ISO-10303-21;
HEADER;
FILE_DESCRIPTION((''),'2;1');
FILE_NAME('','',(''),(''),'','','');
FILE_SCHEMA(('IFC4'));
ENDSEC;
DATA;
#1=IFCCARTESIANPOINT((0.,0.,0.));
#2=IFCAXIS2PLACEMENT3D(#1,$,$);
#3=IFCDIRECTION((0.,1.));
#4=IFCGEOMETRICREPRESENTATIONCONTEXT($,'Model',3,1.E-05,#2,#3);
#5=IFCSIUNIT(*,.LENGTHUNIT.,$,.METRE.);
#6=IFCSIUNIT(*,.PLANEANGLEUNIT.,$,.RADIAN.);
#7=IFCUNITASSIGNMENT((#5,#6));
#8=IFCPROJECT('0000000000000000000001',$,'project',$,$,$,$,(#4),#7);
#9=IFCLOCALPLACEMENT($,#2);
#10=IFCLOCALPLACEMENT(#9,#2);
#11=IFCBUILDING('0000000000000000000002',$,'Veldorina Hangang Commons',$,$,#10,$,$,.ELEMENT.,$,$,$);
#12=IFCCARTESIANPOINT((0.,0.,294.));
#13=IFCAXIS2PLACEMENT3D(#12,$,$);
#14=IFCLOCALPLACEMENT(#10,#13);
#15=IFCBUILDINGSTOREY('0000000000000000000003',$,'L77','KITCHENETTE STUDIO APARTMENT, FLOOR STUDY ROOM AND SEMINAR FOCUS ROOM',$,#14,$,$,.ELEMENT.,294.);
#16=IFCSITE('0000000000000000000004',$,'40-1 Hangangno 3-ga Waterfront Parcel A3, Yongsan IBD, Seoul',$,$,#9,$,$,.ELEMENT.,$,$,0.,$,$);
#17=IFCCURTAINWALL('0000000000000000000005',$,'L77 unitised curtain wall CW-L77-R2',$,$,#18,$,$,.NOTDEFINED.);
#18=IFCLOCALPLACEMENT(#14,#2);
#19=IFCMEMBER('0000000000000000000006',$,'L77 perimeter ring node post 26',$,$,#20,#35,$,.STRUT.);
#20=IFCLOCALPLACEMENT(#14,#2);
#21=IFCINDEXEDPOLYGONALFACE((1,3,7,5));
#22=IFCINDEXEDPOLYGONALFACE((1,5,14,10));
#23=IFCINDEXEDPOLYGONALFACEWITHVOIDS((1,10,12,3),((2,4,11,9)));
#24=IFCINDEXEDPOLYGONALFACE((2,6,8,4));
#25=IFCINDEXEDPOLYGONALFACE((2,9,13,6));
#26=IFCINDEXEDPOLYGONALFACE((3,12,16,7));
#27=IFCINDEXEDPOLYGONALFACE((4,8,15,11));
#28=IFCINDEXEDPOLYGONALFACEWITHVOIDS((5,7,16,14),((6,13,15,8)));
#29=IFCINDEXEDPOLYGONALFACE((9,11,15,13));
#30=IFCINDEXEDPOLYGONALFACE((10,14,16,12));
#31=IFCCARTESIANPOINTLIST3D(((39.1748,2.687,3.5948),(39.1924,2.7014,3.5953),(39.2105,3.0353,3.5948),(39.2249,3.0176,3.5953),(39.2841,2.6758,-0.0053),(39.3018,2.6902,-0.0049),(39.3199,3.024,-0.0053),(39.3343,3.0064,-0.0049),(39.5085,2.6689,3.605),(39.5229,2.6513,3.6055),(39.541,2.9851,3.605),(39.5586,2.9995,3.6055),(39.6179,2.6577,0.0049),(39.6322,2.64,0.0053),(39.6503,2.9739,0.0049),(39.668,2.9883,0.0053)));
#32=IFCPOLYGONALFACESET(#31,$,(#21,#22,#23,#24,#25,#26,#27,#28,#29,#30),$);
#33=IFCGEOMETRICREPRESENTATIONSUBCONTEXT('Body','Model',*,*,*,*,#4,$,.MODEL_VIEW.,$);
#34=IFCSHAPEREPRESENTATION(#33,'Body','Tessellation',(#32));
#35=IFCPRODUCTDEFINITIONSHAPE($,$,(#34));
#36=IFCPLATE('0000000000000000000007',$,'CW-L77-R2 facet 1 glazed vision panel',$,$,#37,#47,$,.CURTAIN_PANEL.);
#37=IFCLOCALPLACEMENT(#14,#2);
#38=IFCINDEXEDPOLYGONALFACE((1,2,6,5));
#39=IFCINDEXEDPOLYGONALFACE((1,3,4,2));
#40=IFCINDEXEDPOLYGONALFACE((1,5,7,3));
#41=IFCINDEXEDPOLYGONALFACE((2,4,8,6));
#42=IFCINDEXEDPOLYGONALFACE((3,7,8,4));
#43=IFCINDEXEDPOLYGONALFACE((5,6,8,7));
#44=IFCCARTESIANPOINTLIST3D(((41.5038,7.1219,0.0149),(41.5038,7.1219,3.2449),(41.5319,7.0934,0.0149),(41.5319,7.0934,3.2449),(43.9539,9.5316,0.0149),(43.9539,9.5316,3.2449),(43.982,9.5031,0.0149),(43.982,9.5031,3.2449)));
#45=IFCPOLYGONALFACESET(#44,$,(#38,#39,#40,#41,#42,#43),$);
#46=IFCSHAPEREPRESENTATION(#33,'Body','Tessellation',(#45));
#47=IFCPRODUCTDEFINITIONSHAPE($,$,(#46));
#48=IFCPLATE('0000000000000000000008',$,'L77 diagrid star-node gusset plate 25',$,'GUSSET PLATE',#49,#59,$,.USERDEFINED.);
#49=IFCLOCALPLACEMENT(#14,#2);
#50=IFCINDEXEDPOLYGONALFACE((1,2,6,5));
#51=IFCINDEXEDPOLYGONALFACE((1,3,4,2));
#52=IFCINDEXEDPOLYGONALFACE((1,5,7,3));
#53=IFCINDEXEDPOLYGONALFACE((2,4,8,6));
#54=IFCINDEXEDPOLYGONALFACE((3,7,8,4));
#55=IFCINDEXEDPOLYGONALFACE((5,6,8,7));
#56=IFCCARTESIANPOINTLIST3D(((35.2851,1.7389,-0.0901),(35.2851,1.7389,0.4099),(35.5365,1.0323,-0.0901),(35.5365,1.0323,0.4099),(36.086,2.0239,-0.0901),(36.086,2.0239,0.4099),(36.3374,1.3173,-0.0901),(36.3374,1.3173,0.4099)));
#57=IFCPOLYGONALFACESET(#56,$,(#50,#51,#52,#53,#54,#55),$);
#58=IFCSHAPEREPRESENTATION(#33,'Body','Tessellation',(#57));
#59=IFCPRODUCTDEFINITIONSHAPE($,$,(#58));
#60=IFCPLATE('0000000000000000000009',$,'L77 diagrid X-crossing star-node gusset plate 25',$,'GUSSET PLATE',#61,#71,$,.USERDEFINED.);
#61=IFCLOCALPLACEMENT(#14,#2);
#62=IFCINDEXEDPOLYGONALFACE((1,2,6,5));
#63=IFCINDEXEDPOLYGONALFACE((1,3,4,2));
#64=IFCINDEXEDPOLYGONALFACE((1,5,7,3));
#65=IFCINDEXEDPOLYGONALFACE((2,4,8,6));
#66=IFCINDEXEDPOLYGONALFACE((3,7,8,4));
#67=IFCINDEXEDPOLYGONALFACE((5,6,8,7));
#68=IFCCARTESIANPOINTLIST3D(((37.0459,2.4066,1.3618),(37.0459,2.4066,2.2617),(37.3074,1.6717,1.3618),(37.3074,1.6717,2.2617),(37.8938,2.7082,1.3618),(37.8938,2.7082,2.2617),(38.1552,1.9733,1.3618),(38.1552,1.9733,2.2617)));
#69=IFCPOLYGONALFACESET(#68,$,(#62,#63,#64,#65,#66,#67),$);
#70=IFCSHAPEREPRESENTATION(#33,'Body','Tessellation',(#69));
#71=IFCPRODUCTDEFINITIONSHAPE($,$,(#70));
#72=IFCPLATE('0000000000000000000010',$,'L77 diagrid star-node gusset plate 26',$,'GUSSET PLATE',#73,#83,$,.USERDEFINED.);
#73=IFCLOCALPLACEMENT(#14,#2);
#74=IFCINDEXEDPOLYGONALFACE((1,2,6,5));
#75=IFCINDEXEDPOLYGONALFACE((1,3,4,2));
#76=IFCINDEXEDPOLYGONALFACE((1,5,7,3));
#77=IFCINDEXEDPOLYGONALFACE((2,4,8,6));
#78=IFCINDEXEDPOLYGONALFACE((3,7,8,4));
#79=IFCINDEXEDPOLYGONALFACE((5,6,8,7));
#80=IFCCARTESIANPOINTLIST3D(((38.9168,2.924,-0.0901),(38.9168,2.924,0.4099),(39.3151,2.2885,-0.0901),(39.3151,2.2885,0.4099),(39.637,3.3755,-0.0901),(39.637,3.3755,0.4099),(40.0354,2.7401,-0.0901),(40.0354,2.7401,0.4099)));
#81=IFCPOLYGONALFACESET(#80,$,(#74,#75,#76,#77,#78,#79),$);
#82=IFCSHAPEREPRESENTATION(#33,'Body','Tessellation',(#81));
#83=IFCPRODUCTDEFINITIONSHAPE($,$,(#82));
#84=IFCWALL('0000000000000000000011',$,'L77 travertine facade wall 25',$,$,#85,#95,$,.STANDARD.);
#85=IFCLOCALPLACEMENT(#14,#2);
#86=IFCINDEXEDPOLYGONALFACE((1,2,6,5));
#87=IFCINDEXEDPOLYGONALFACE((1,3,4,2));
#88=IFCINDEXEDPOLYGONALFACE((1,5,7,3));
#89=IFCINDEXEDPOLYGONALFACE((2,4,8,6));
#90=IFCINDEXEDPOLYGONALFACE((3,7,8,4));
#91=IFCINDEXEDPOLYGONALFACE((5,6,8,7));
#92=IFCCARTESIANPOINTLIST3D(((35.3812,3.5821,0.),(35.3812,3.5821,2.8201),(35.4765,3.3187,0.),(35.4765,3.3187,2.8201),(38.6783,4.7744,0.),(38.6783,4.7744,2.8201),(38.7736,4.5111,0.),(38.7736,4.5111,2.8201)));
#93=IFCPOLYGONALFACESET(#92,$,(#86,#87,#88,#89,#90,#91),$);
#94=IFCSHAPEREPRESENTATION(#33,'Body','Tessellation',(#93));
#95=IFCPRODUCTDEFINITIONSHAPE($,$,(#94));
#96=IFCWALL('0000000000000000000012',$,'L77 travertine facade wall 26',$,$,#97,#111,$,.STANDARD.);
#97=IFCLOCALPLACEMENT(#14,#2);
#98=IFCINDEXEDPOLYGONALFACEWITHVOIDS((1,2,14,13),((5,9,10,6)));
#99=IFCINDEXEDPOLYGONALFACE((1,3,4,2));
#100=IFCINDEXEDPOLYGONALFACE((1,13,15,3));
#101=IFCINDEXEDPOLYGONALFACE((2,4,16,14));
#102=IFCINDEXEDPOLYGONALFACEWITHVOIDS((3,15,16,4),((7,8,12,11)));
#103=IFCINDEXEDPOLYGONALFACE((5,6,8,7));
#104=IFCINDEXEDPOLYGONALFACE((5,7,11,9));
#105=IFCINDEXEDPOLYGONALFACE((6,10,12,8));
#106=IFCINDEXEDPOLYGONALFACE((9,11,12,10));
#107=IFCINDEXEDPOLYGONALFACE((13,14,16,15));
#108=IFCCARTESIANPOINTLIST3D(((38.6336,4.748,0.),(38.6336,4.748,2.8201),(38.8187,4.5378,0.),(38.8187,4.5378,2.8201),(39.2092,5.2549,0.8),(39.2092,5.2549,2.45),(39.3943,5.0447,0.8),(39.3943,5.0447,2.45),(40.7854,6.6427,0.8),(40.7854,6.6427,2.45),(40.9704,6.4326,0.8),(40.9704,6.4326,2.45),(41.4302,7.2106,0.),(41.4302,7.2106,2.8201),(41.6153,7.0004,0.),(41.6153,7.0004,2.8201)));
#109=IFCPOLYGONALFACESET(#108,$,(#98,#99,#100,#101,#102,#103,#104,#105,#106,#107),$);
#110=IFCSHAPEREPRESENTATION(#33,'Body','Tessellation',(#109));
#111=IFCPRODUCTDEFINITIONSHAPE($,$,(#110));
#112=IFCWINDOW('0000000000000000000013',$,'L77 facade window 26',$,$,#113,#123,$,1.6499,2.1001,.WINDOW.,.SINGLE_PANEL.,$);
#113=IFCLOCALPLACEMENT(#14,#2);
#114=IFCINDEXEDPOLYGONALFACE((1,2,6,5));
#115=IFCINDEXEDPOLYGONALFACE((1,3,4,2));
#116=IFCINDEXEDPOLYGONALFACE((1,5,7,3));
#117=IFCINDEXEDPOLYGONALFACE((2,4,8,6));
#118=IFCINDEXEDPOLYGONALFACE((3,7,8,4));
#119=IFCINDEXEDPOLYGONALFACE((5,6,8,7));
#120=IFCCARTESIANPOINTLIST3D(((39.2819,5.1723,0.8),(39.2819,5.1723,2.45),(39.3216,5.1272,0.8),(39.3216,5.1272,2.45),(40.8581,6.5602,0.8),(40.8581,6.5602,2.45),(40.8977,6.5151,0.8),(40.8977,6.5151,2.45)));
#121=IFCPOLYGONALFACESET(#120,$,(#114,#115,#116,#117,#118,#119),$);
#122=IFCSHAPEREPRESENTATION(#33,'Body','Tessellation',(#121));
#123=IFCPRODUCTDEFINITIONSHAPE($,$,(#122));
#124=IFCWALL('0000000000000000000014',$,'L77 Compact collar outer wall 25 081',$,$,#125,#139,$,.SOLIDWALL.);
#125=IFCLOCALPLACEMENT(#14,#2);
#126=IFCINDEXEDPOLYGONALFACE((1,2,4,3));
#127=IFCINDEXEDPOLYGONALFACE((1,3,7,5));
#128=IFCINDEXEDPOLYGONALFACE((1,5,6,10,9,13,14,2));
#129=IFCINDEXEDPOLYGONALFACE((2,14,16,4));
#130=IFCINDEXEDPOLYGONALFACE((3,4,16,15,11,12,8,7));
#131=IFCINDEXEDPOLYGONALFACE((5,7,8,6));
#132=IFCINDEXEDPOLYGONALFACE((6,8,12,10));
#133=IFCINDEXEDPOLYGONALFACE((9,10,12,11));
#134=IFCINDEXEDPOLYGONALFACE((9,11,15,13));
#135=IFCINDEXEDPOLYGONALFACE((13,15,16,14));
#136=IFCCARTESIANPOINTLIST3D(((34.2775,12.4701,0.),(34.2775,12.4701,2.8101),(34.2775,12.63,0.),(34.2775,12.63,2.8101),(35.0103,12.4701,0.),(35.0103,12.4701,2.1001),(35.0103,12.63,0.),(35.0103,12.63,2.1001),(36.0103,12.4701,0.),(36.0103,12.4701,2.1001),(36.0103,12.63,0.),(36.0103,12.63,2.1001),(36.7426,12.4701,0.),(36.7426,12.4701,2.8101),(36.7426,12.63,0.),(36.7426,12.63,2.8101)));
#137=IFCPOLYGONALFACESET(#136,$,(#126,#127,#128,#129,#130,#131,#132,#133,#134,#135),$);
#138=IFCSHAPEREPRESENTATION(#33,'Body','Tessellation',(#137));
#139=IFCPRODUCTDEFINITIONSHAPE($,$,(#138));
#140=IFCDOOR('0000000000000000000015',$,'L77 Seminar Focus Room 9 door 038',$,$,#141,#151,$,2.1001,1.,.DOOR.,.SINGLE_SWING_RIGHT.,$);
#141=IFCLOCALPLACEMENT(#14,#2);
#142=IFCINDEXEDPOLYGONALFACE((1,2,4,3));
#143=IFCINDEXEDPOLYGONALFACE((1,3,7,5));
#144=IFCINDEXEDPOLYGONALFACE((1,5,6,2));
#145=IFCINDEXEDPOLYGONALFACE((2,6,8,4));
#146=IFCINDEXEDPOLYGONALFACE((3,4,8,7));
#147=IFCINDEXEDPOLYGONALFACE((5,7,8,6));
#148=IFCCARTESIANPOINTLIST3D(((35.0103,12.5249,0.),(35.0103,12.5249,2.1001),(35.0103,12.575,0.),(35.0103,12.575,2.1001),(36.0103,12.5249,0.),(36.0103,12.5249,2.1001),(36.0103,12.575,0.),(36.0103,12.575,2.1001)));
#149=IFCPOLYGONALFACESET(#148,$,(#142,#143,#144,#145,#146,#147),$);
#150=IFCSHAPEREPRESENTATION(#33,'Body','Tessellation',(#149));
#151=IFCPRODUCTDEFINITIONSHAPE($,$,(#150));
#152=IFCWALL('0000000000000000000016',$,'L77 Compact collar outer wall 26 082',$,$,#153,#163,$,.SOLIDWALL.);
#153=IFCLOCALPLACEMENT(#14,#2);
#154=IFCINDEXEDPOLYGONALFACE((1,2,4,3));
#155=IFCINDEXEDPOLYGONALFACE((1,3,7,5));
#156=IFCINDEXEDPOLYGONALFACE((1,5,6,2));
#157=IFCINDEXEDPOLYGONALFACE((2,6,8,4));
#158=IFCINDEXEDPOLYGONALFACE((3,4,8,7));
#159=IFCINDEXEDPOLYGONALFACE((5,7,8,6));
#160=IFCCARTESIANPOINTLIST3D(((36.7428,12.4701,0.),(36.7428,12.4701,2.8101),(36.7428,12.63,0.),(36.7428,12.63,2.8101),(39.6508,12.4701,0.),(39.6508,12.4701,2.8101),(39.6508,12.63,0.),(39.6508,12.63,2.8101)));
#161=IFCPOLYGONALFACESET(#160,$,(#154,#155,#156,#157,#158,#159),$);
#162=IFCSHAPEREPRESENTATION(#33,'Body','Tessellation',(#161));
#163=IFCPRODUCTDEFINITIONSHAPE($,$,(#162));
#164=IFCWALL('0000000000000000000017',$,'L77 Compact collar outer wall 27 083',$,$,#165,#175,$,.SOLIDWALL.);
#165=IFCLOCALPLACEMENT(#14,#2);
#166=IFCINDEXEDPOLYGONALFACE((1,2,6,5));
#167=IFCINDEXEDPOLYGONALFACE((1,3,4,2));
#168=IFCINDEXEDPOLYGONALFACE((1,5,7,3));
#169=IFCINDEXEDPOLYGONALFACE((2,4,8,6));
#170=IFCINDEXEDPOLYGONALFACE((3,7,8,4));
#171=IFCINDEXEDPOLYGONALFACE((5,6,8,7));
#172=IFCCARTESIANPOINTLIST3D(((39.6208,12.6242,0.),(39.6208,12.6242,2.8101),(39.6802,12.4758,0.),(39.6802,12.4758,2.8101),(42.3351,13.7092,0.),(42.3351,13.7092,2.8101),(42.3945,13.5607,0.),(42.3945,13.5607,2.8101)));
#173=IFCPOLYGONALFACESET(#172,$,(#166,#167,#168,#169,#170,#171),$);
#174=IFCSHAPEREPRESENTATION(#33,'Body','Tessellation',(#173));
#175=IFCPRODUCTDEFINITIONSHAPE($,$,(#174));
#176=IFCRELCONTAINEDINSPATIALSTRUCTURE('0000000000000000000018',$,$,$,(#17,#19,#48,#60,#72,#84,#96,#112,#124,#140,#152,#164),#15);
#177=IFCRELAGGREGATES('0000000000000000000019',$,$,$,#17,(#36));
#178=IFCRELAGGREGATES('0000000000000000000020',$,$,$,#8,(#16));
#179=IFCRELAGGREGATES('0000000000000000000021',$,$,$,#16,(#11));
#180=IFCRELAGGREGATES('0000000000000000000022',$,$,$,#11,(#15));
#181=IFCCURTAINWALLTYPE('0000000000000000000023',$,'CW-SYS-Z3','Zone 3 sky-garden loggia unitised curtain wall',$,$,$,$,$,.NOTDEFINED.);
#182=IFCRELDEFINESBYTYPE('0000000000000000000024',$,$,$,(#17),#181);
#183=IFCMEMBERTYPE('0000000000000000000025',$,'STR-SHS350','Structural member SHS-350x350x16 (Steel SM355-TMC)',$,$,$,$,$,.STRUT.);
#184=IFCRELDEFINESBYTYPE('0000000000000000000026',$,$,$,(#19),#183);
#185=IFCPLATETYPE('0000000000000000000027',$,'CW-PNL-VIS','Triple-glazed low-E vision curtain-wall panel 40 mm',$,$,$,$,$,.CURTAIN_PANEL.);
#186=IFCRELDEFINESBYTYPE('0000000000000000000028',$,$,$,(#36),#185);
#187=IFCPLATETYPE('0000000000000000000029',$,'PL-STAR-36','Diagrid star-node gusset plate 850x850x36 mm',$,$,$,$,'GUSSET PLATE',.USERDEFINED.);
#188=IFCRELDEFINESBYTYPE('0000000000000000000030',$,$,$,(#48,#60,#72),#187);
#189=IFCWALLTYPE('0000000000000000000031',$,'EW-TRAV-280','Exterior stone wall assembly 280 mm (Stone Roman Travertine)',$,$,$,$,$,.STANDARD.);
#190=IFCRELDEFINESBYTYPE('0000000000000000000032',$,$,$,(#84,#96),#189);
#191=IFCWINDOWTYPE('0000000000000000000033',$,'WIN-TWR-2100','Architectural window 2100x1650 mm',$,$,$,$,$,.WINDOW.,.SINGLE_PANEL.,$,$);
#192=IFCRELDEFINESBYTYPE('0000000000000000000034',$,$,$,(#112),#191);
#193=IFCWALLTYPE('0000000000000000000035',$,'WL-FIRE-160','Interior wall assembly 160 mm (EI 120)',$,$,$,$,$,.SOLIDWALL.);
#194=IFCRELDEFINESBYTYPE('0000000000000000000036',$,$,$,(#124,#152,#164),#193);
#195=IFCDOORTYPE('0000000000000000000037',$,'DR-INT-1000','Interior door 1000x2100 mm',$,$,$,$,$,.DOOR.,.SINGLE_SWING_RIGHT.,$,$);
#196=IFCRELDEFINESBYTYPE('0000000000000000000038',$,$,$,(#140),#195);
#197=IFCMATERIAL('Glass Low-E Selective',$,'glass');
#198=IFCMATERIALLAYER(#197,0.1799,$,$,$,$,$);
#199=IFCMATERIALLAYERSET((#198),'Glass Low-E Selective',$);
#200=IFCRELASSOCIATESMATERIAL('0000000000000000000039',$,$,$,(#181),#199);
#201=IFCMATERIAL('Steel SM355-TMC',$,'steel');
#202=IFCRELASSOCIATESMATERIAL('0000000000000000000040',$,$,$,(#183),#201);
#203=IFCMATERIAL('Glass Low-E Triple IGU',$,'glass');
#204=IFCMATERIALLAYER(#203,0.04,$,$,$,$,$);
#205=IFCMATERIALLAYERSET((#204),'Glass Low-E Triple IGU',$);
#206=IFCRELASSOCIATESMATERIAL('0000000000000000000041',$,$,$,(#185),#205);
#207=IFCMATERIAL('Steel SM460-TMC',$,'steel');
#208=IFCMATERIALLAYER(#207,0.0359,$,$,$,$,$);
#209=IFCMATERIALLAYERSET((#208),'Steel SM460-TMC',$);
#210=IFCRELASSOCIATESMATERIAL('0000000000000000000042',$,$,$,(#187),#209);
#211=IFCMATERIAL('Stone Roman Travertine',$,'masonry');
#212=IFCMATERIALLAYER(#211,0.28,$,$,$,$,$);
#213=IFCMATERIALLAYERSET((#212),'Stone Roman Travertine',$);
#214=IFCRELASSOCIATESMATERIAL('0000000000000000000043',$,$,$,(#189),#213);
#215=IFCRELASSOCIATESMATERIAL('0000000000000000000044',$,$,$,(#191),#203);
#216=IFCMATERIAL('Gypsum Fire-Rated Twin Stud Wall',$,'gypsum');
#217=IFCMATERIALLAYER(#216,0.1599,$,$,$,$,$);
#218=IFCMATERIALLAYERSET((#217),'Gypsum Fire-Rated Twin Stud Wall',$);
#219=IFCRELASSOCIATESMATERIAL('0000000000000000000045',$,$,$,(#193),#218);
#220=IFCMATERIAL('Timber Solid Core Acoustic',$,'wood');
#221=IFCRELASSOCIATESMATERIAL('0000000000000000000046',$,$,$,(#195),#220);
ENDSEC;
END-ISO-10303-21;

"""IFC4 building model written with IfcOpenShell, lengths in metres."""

from ifc_helpers import new_model, si_unit, direction, frame, frame_2d, origin, origin_2d, place, context, subcontext, project, spatial, rectangle, hollow_rectangle, extrude, material, layer, layer_set, material_profile, profile_set, type_object, element, fill, aggregate, save


model = new_model("IFC4")

# Units and contexts
model_context = context("Model", 3, precision=1e-05, world=origin(), true_north=direction((0.0, 1.0)))
body_context = subcontext(model_context, "Body", "Model", "MODEL_VIEW")
ifc_project = project(units=[si_unit("LENGTHUNIT", "METRE"), si_unit("PLANEANGLEUNIT", "RADIAN")], contexts=[model_context])

# Site, building, storey
site_placement = place(None, origin())
site = spatial("IfcSite", under=ifc_project, at=site_placement, Name="40-1 Hangangno 3-ga Waterfront Parcel A3, Yongsan IBD, Seoul", CompositionType="ELEMENT", RefElevation=0.0)
building_placement = place(site_placement, origin())
building = spatial("IfcBuilding", under=site, at=building_placement, Name="Veldorina Hangang Commons", CompositionType="ELEMENT")
storey_placement = place(building_placement, frame((0.0, 0.0, 294.0)))
storey = spatial("IfcBuildingStorey", under=building, at=storey_placement, Name="L77", Description="KITCHENETTE STUDIO APARTMENT, FLOOR STUDY ROOM AND SEMINAR FOCUS ROOM", CompositionType="ELEMENT", Elevation=294.0)

# Shared definitions
ifc_material_1 = material(Name="Steel SM460-TMC", Category="steel")
ifc_material_2 = material(Name="Steel SM355-TMC", Category="steel")

# Curtain wall
ifc_material_3 = material(Name="Glass Low-E Selective", Category="glass")
ifc_layer_1 = layer(ifc_material_3, 0.1799)
ifc_layer_set_1 = layer_set([ifc_layer_1], Name="Glass Low-E Selective")
curtain_wall_type = type_object("IfcCurtainWallType", Name="CW-SYS-Z3", Description="Zone 3 sky-garden loggia unitised curtain wall", PredefinedType="NOTDEFINED", material=ifc_layer_set_1)
curtain_wall_placement = place(storey_placement, origin())
curtain_wall = element("IfcCurtainWall", 1, at=curtain_wall_placement, inside=storey, type_object=curtain_wall_type, Name="L77 unitised curtain wall CW-L77-R2", PredefinedType="NOTDEFINED")

# Member
ifc_material_profile_1 = material_profile(ifc_material_2, hollow_rectangle(XDim=0.3501, YDim=0.3501, WallThickness=0.0161, at=origin_2d()), Name="SHS-350x350x16")
ifc_profile_set_1 = profile_set([ifc_material_profile_1], Name="Steel SM355-TMC")
member_type_1 = type_object("IfcMemberType", Name="STR-SHS350", Description="Structural member SHS-350x350x16 (Steel SM355-TMC)", PredefinedType="STRUT", material=ifc_profile_set_1)
member_1_placement = place(storey_placement, frame((39.4761, 2.832, 0.0), z_axis=(-0.030367, 0.003118, 0.999534), x_axis=(-0.102142, -0.99477, 0.0)))
element("IfcMember", 2, at=member_1_placement, inside=storey, type_object=member_type_1, Name="L77 perimeter ring node post 26", PredefinedType="STRUT", context=body_context, shape_type="SweptSolid", body=[
    extrude(hollow_rectangle(XDim=0.3501, YDim=0.3501, WallThickness=0.0161, at=origin_2d()), origin(), (0.0, 0.0, 1.0), 3.6018),
])

# Plate
ifc_material_4 = material(Name="Glass Low-E Triple IGU", Category="glass")
ifc_layer_2 = layer(ifc_material_4, 0.04)
ifc_layer_set_2 = layer_set([ifc_layer_2], Name="Glass Low-E Triple IGU")
plate_type_1 = type_object("IfcPlateType", Name="CW-PNL-VIS", Description="Triple-glazed low-E vision curtain-wall panel 40 mm", PredefinedType="CURTAIN_PANEL", material=ifc_layer_set_2)
plate_1_placement = place(storey_placement, frame((42.7429, 8.3125, 0.0149), z_axis=(0.0, 0.0, 1.0), x_axis=(0.712957, 0.701208, 0.0)))
plate_1 = element("IfcPlate", 3, at=plate_1_placement, type_object=plate_type_1, Name="CW-L77-R2 facet 1 glazed vision panel", PredefinedType="CURTAIN_PANEL", context=body_context, shape_type="SweptSolid", body=[
    extrude(rectangle(XDim=3.4365, YDim=0.04, at=origin_2d()), origin(), (0.0, 0.0, 1.0), 3.23),
])
aggregate(curtain_wall, [plate_1])

# Plates
ifc_layer_3 = layer(ifc_material_1, 0.0359)
ifc_layer_set_3 = layer_set([ifc_layer_3], Name="Steel SM460-TMC")
plate_type_2 = type_object("IfcPlateType", Name="PL-STAR-36", Description="Diagrid star-node gusset plate 850x850x36 mm", ElementType="GUSSET PLATE", PredefinedType="USERDEFINED", material=ifc_layer_set_3)
plate_2_placement = place(storey_placement, frame((35.8113, 1.5281, -0.0901), z_axis=(0.0, 0.0, 1.0), x_axis=(0.942145, 0.335205, 0.0)))
element("IfcPlate", 4, at=plate_2_placement, inside=storey, type_object=plate_type_2, Name="L77 diagrid star-node gusset plate 25", ObjectType="GUSSET PLATE", PredefinedType="USERDEFINED", context=body_context, shape_type="SweptSolid", body=[
    extrude(rectangle(XDim=0.8501, YDim=0.75, at=origin_2d()), origin(), (0.0, 0.0, 1.0), 0.5),
])
plate_3_placement = place(storey_placement, frame((37.6006, 2.1899, 1.3618), z_axis=(0.0, 0.0, 1.0), x_axis=(0.942145, 0.335205, 0.0)))
element("IfcPlate", 5, at=plate_3_placement, inside=storey, type_object=plate_type_2, Name="L77 diagrid X-crossing star-node gusset plate 25", ObjectType="GUSSET PLATE", PredefinedType="USERDEFINED", context=body_context, shape_type="SweptSolid", body=[
    extrude(rectangle(XDim=0.8999, YDim=0.78, at=origin_2d()), origin(), (0.0, 0.0, 1.0), 0.8999),
])
plate_4_placement = place(storey_placement, frame((39.4761, 2.832, -0.0901), z_axis=(0.0, 0.0, 1.0), x_axis=(0.84728, 0.531147, 0.0)))
element("IfcPlate", 6, at=plate_4_placement, inside=storey, type_object=plate_type_2, Name="L77 diagrid star-node gusset plate 26", ObjectType="GUSSET PLATE", PredefinedType="USERDEFINED", context=body_context, shape_type="SweptSolid", body=[
    extrude(rectangle(XDim=0.8501, YDim=0.75, at=origin_2d()), origin(), (0.0, 0.0, 1.0), 0.5),
])

# Wall
ifc_material_5 = material(Name="Stone Roman Travertine", Category="masonry")
ifc_layer_4 = layer(ifc_material_5, 0.28)
ifc_layer_set_4 = layer_set([ifc_layer_4], Name="Stone Roman Travertine")
wall_type_1 = type_object("IfcWallType", Name="EW-TRAV-280", Description="Exterior stone wall assembly 280 mm (Stone Roman Travertine)", PredefinedType="STANDARD", material=ifc_layer_set_4)
wall_1_placement = place(storey_placement, frame((35.429, 3.4504, 0.0), z_axis=(0.0, 0.0, 1.0), x_axis=(0.940394, 0.340088, 0.0)))
element("IfcWall", 7, at=wall_1_placement, inside=storey, type_object=wall_type_1, Name="L77 travertine facade wall 25", PredefinedType="STANDARD", context=body_context, shape_type="SweptSolid", body=[
    extrude(rectangle(XDim=3.5061, YDim=0.28, at=frame_2d((1.7529, 0.0))), origin(), (0.0, 0.0, 1.0), 2.8201),
])

# Wall, opening, window
wall_2_placement = place(storey_placement, frame((38.7261, 4.6428, 0.0), z_axis=(0.0, 0.0, 1.0), x_axis=(0.750499, 0.660872, 0.0)))
wall_2 = element("IfcWall", 8, at=wall_2_placement, inside=storey, type_object=wall_type_1, Name="L77 travertine facade wall 26", PredefinedType="STANDARD", context=body_context, shape_type="SweptSolid", body=[
    extrude(rectangle(XDim=3.7263, YDim=0.28, at=frame_2d((1.8633, 0.0))), origin(), (0.0, 0.0, 1.0), 2.8201),
])
opening_1_placement = place(wall_2_placement, frame((0.7671, 0.0, 0.8)))
opening_1 = element("IfcOpeningElement", 9, at=opening_1_placement, cuts=wall_2, PredefinedType="OPENING", context=body_context, shape_type="SweptSolid", body=[
    extrude(rectangle(XDim=2.1001, YDim=1.6499, at=frame_2d((1.05, 0.825))), frame((0.0, 0.1499, 0.0), z_axis=(0.0, -1.0, 0.0), x_axis=(1.0, 0.0, 0.0)), (0.0, 0.0, 1.0), 0.3),
])
window_type = type_object("IfcWindowType", Name="WIN-TWR-2100", Description="Architectural window 2100x1650 mm", PartitioningType="SINGLE_PANEL", PredefinedType="WINDOW", material=ifc_material_4)
window_placement = place(opening_1_placement, origin())
window = element("IfcWindow", 10, at=window_placement, inside=storey, type_object=window_type, Name="L77 facade window 26", OverallHeight=1.6499, OverallWidth=2.1001, PartitioningType="SINGLE_PANEL", PredefinedType="WINDOW", context=body_context, shape_type="SweptSolid", body=[
    extrude(rectangle(XDim=2.1001, YDim=1.6499, at=frame_2d((1.05, 0.825))), frame((0.0, 0.03, 0.0), z_axis=(0.0, -1.0, 0.0), x_axis=(1.0, 0.0, 0.0)), (0.0, 0.0, 1.0), 0.0601),
])
fill(opening_1, window)

# Wall, opening, door
ifc_material_6 = material(Name="Gypsum Fire-Rated Twin Stud Wall", Category="gypsum")
ifc_layer_5 = layer(ifc_material_6, 0.1599)
ifc_layer_set_5 = layer_set([ifc_layer_5], Name="Gypsum Fire-Rated Twin Stud Wall")
wall_type_2 = type_object("IfcWallType", Name="WL-FIRE-160", Description="Interior wall assembly 160 mm (EI 120)", PredefinedType="SOLIDWALL", material=ifc_layer_set_5)
wall_3_placement = place(storey_placement, frame((34.2776, 12.55, 0.0), z_axis=(0.0, 0.0, 1.0), x_axis=(1.0, 0.0, 0.0)))
wall_3 = element("IfcWall", 11, at=wall_3_placement, inside=storey, type_object=wall_type_2, Name="L77 Compact collar outer wall 25 081", PredefinedType="SOLIDWALL", context=body_context, shape_type="SweptSolid", body=[
    extrude(rectangle(XDim=2.4651, YDim=0.1599, at=frame_2d((1.2324, 0.0))), origin(), (0.0, 0.0, 1.0), 2.8101),
])
opening_2_placement = place(wall_3_placement, frame((0.7327, 0.0, 0.0)))
opening_2 = element("IfcOpeningElement", 12, at=opening_2_placement, cuts=wall_3, PredefinedType="OPENING", context=body_context, shape_type="SweptSolid", body=[
    extrude(rectangle(XDim=1.0, YDim=2.1001, at=frame_2d((0.5, 1.05))), frame((0.0, 0.0898, 0.0), z_axis=(0.0, -1.0, 0.0), x_axis=(1.0, 0.0, 0.0)), (0.0, 0.0, 1.0), 0.1799),
])
ifc_material_7 = material(Name="Timber Solid Core Acoustic", Category="wood")
door_type_1 = type_object("IfcDoorType", Name="DR-INT-1000", Description="Interior door 1000x2100 mm", OperationType="SINGLE_SWING_RIGHT", PredefinedType="DOOR", material=ifc_material_7)
door_1_placement = place(opening_2_placement, origin())
door_1 = element("IfcDoor", 13, at=door_1_placement, inside=storey, type_object=door_type_1, Name="L77 Seminar Focus Room 9 door 038", OperationType="SINGLE_SWING_RIGHT", OverallHeight=2.1001, OverallWidth=1.0, PredefinedType="DOOR", context=body_context, shape_type="SweptSolid", body=[
    extrude(rectangle(XDim=1.0, YDim=2.1001, at=frame_2d((0.5, 1.05))), frame((0.0, 0.0249, 0.0), z_axis=(0.0, -1.0, 0.0), x_axis=(1.0, 0.0, 0.0)), (0.0, 0.0, 1.0), 0.05),
])
fill(opening_2, door_1)

# Walls
wall_4_placement = place(storey_placement, frame((36.7427, 12.55, 0.0), z_axis=(0.0, 0.0, 1.0), x_axis=(1.0, 0.0, 0.0)))
element("IfcWall", 14, at=wall_4_placement, inside=storey, type_object=wall_type_2, Name="L77 Compact collar outer wall 26 082", PredefinedType="SOLIDWALL", context=body_context, shape_type="SweptSolid", body=[
    extrude(rectangle(XDim=2.908, YDim=0.1599, at=frame_2d((1.4541, 0.0))), origin(), (0.0, 0.0, 1.0), 2.8101),
])
wall_5_placement = place(storey_placement, frame((39.6506, 12.55, 0.0), z_axis=(0.0, 0.0, 1.0), x_axis=(0.928569, 0.37116, 0.0)))
element("IfcWall", 15, at=wall_5_placement, inside=storey, type_object=wall_type_2, Name="L77 Compact collar outer wall 27 083", PredefinedType="SOLIDWALL", context=body_context, shape_type="SweptSolid", body=[
    extrude(rectangle(XDim=2.9231, YDim=0.1599, at=frame_2d((1.4614, 0.0))), origin(), (0.0, 0.0, 1.0), 2.8101),
])

save(model, "model.ifc")
